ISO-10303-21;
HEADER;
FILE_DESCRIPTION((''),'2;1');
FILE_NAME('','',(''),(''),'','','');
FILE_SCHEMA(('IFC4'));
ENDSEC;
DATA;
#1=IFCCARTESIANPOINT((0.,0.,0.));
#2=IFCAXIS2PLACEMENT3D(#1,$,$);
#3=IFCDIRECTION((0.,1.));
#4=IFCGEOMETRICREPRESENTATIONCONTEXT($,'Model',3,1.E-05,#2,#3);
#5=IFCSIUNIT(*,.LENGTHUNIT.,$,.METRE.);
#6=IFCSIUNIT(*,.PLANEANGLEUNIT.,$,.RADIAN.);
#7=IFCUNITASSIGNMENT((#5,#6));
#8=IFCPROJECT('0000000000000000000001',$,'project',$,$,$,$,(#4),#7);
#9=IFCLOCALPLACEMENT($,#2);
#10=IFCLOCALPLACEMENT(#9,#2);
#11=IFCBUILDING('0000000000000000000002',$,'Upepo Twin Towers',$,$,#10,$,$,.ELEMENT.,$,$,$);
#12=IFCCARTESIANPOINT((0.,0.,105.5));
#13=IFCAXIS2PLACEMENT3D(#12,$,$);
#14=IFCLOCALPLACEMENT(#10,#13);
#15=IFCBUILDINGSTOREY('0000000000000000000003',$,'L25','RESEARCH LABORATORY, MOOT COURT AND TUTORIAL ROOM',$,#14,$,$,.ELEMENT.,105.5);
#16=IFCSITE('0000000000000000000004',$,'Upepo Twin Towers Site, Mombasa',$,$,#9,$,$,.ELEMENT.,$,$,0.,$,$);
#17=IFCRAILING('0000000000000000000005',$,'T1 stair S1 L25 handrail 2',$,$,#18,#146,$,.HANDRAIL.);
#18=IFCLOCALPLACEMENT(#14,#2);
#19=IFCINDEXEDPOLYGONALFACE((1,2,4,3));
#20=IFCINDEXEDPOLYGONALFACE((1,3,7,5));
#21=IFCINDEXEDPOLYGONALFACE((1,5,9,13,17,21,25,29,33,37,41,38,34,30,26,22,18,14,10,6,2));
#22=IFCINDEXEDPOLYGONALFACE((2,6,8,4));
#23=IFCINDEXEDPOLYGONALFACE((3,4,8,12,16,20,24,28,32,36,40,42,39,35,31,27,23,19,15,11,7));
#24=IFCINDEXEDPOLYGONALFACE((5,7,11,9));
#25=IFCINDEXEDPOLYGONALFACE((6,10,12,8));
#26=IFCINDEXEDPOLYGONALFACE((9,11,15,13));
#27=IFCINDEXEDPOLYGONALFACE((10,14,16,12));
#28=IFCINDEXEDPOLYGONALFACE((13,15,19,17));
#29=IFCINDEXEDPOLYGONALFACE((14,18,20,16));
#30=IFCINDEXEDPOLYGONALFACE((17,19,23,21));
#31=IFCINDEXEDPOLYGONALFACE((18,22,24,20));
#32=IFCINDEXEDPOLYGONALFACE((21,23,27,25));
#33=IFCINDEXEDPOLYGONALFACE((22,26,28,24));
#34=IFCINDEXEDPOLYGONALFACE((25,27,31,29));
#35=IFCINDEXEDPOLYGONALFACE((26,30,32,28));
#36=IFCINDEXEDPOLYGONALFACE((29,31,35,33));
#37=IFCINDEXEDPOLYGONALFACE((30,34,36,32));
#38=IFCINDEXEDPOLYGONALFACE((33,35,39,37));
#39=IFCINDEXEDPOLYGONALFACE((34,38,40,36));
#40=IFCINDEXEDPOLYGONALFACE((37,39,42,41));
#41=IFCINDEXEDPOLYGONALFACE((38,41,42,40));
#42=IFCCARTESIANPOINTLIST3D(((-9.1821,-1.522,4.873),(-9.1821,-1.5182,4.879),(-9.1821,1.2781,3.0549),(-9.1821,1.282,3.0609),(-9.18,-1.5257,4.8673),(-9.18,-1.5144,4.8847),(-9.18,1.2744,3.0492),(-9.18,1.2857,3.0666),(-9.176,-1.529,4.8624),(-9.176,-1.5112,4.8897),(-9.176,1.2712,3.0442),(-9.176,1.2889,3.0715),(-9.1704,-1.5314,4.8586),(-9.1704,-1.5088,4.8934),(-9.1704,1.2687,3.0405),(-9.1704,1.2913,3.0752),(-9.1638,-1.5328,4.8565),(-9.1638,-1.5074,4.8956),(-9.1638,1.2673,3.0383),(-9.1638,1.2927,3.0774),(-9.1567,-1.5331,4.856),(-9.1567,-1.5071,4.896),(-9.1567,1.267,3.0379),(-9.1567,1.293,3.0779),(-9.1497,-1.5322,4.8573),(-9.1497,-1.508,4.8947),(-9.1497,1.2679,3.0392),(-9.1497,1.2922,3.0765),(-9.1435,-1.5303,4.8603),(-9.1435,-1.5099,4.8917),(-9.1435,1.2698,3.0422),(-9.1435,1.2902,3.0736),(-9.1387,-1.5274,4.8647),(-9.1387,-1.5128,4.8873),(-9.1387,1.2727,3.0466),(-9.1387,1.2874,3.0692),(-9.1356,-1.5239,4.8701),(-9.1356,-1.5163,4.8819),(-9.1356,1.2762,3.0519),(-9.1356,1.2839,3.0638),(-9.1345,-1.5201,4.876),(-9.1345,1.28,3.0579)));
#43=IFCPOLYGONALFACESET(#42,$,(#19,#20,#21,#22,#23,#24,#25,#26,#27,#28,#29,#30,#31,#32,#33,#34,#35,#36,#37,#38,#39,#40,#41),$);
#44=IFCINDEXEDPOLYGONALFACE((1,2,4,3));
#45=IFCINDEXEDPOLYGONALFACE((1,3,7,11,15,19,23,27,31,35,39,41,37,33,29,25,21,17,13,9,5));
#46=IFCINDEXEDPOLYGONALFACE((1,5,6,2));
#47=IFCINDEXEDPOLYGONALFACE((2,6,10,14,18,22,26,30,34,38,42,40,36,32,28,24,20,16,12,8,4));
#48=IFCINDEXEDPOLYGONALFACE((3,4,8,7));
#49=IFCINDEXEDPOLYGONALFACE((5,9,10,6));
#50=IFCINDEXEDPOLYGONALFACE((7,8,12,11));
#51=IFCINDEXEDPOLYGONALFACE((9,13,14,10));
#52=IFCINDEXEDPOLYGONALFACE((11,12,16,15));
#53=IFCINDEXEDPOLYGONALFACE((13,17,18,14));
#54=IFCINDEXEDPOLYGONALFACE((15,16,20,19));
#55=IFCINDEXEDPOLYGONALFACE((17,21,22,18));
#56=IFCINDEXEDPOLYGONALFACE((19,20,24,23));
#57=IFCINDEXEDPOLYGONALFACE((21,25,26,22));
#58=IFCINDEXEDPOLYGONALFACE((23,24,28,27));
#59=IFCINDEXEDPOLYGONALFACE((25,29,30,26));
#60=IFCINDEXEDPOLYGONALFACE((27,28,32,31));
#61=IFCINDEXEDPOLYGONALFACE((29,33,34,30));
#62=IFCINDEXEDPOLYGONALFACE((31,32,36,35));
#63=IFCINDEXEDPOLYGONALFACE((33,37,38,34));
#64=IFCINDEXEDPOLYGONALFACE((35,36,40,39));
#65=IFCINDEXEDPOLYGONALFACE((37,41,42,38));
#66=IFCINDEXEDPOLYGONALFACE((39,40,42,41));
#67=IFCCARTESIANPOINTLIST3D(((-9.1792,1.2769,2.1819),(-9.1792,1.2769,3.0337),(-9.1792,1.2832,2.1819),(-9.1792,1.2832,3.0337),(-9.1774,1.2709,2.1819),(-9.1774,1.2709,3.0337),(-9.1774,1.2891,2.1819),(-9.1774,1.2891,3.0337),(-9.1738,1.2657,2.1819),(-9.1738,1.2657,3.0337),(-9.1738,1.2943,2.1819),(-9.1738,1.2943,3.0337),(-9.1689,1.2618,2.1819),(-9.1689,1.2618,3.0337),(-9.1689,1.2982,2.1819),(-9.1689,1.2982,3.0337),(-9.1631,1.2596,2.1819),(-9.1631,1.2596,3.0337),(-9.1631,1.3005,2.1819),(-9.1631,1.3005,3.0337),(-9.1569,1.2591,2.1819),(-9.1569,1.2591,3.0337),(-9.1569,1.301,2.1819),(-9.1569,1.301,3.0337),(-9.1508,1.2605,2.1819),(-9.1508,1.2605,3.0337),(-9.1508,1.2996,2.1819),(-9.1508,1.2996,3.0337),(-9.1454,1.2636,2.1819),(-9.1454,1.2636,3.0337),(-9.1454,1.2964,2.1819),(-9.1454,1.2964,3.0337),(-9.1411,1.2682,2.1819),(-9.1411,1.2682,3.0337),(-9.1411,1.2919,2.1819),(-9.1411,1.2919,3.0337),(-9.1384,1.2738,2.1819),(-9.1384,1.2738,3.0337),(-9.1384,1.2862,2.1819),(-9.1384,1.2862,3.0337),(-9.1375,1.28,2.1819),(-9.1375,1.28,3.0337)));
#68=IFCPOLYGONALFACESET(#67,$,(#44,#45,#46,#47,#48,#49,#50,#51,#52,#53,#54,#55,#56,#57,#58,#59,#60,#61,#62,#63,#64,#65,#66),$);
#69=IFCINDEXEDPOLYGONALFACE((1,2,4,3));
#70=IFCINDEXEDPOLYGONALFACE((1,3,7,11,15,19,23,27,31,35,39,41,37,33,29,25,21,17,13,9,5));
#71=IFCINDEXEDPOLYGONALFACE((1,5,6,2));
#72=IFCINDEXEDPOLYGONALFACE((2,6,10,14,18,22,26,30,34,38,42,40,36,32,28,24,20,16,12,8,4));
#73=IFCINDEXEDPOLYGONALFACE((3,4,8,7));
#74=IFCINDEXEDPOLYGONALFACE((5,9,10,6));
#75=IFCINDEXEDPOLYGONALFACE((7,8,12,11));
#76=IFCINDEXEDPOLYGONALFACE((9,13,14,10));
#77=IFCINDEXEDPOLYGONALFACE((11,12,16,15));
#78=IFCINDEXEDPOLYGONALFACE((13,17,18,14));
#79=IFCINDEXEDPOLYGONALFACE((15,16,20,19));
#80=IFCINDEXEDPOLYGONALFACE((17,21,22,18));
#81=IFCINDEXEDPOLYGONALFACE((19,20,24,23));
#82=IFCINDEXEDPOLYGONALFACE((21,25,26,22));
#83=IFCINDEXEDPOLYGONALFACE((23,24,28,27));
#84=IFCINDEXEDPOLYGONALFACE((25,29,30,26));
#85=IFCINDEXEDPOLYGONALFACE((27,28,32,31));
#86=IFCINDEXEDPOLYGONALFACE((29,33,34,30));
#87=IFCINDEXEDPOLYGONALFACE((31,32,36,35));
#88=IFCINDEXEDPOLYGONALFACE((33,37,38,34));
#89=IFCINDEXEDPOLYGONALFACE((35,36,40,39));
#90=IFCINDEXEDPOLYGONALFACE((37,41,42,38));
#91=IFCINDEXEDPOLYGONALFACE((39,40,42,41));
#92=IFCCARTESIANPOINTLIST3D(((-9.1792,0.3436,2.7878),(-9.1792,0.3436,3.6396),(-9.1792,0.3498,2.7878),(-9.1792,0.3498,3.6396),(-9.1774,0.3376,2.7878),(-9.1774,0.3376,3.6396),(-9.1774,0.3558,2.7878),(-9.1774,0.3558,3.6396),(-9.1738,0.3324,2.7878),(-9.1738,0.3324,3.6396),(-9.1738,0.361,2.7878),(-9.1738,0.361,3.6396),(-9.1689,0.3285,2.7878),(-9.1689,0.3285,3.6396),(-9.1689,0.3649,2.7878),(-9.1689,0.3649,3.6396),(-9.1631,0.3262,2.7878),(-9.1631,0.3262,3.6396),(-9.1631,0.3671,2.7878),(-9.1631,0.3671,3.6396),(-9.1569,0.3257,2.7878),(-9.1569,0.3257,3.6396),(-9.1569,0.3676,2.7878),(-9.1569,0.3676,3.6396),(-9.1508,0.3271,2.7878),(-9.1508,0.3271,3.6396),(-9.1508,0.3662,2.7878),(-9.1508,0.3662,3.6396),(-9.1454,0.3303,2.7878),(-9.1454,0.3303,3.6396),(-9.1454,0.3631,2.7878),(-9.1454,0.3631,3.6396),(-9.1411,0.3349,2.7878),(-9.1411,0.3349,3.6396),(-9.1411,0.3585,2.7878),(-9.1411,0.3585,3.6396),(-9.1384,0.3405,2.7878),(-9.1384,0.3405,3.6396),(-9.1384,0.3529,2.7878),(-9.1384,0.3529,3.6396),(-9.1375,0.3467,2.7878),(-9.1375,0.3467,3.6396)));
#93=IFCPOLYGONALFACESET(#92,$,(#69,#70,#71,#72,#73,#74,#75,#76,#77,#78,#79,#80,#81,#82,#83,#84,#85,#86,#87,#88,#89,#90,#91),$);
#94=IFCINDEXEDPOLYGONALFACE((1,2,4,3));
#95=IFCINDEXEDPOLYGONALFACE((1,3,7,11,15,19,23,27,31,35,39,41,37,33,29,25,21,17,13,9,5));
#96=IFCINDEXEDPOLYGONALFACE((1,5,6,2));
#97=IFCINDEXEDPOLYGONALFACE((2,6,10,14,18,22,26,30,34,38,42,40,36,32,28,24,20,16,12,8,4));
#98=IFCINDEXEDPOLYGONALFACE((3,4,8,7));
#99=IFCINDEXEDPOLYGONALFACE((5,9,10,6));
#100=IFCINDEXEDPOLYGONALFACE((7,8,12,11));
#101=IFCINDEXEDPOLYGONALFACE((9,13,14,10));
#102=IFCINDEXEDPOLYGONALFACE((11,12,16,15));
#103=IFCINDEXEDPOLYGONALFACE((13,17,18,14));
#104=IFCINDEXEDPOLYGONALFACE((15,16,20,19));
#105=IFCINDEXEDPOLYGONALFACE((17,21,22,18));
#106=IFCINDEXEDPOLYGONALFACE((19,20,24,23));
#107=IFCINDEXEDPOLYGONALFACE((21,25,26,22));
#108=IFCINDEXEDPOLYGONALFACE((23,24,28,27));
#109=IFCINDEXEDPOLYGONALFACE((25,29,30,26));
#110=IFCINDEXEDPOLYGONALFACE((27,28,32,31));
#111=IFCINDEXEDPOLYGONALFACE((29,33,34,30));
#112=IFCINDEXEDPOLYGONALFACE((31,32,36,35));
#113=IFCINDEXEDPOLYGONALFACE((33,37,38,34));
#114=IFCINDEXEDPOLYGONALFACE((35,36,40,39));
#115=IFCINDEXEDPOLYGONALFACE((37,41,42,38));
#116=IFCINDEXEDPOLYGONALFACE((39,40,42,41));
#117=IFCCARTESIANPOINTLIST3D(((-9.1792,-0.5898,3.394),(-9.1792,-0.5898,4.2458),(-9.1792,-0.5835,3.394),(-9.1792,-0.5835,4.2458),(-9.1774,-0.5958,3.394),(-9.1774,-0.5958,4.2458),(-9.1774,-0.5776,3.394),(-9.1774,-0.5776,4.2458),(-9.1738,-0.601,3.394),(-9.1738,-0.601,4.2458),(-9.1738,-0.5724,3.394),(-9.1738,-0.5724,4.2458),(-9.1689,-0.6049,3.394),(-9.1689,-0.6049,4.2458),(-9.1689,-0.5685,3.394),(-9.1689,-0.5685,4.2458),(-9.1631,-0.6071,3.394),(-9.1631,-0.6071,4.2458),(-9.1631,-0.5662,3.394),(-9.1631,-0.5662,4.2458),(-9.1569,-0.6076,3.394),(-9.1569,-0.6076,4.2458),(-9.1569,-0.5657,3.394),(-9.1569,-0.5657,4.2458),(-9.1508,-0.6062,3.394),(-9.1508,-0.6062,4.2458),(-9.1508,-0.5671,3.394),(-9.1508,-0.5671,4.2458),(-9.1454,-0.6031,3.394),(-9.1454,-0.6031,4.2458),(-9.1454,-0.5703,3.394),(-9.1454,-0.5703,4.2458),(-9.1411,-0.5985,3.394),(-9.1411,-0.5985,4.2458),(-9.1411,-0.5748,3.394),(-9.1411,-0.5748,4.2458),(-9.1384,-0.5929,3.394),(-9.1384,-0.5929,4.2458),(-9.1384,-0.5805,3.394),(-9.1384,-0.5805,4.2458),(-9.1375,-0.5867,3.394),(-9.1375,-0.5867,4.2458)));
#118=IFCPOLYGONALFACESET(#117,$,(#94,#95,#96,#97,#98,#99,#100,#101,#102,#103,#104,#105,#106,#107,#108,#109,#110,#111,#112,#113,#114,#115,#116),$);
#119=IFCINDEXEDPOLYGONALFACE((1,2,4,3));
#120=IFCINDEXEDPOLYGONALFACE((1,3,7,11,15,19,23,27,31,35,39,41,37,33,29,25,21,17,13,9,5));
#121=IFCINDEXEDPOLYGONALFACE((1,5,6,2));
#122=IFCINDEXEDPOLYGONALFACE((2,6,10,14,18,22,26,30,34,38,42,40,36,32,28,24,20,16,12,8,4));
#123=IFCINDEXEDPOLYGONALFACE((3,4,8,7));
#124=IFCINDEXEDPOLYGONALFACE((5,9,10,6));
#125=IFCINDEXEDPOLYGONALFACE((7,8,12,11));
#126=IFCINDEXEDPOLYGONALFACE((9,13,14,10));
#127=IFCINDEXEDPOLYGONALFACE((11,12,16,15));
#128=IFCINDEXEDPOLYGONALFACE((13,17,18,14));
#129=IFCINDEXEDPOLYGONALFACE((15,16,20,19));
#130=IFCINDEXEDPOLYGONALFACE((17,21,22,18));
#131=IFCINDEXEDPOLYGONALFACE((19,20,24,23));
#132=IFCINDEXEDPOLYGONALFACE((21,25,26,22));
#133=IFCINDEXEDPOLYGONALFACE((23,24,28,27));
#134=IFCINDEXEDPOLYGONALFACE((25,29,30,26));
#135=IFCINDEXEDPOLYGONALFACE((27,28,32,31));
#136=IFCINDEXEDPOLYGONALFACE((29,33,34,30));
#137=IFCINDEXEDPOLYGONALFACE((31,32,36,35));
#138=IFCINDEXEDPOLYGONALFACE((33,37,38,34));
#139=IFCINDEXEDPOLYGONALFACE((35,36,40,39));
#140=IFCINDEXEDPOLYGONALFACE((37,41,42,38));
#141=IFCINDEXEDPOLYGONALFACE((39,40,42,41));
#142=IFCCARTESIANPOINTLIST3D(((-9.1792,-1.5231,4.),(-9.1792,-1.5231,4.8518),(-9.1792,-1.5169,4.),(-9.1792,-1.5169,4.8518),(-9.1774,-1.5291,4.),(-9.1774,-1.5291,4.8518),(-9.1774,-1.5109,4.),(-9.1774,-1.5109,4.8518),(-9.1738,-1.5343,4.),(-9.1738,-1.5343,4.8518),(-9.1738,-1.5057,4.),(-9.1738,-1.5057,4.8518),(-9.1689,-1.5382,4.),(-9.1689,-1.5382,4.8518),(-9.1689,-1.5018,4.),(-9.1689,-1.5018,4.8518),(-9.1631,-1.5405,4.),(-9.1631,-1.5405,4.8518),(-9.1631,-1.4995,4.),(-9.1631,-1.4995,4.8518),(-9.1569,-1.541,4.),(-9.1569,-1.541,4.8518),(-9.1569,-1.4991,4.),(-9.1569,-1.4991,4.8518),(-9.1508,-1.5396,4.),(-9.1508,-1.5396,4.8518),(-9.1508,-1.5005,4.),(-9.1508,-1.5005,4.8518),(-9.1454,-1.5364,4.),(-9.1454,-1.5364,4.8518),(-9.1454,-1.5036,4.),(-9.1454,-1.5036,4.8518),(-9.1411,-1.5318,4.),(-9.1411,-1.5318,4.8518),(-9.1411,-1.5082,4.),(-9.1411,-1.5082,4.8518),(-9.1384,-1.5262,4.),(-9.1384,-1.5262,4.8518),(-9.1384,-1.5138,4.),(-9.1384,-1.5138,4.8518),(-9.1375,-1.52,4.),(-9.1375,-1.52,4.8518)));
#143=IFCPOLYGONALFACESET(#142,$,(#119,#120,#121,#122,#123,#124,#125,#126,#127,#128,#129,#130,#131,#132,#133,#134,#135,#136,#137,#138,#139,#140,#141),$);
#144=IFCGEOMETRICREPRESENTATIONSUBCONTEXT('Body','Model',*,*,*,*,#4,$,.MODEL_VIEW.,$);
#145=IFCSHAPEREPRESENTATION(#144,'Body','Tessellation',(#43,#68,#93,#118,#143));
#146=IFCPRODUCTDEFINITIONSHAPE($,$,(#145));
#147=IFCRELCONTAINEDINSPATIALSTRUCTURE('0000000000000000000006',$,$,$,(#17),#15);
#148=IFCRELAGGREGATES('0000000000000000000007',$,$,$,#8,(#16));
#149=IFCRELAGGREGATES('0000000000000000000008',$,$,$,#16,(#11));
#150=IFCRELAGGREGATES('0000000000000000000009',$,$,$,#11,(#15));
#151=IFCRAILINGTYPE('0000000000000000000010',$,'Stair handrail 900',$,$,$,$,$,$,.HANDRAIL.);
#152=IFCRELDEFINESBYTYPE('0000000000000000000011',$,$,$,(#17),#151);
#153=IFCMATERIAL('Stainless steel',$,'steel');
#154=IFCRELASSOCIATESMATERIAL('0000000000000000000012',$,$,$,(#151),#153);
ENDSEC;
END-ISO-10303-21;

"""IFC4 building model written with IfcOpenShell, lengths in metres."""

from ifc_helpers import new_model, si_unit, direction, frame, origin, origin_2d, place, context, subcontext, project, spatial, circle, extrude, material, type_object, element, save


model = new_model("IFC4")

# Units and contexts
model_context = context("Model", 3, precision=1e-05, world=origin(), true_north=direction((0.0, 1.0)))
body_context = subcontext(model_context, "Body", "Model", "MODEL_VIEW")
ifc_project = project(units=[si_unit("LENGTHUNIT", "METRE"), si_unit("PLANEANGLEUNIT", "RADIAN")], contexts=[model_context])

# Site, building, storey
site_placement = place(None, origin())
site = spatial("IfcSite", under=ifc_project, at=site_placement, Name="Upepo Twin Towers Site, Mombasa", CompositionType="ELEMENT", RefElevation=0.0)
building_placement = place(site_placement, origin())
building = spatial("IfcBuilding", under=site, at=building_placement, Name="Upepo Twin Towers", CompositionType="ELEMENT")
storey_placement = place(building_placement, frame((0.0, 0.0, 105.5)))
storey = spatial("IfcBuildingStorey", under=building, at=storey_placement, Name="L25", Description="RESEARCH LABORATORY, MOOT COURT AND TUTORIAL ROOM", CompositionType="ELEMENT", Elevation=105.5)

# Railing
ifc_material_1 = material(Name="Stainless steel", Category="steel")
railing_type = type_object("IfcRailingType", Name="Stair handrail 900", PredefinedType="HANDRAIL", material=ifc_material_1)
railing_1_placement = place(storey_placement, frame((-9.1584, 1.28, 2.1819)))
element("IfcRailing", 1, at=railing_1_placement, inside=storey, type_object=railing_type, Name="T1 stair S1 L25 handrail 2", PredefinedType="HANDRAIL", context=body_context, shape_type="SweptSolid", body=[
    extrude(circle(Radius=0.0239, at=origin_2d()), frame((0.0, 0.0, 0.876), z_axis=(0.0, -0.838706, 0.544585), x_axis=(1.0, 0.0, 0.0)), (0.0, 0.0, 1.0), 3.3386),
    extrude(circle(Radius=0.021, at=origin_2d()), origin(), (0.0, 0.0, 1.0), 0.8518),
    extrude(circle(Radius=0.021, at=origin_2d()), frame((0.0, -0.9333, 0.606)), (0.0, 0.0, 1.0), 0.8518),
    extrude(circle(Radius=0.021, at=origin_2d()), frame((0.0, -1.8667, 1.2122)), (0.0, 0.0, 1.0), 0.8518),
    extrude(circle(Radius=0.021, at=origin_2d()), frame((0.0, -2.8, 1.8181)), (0.0, 0.0, 1.0), 0.8518),
])

save(model, "model.ifc")
